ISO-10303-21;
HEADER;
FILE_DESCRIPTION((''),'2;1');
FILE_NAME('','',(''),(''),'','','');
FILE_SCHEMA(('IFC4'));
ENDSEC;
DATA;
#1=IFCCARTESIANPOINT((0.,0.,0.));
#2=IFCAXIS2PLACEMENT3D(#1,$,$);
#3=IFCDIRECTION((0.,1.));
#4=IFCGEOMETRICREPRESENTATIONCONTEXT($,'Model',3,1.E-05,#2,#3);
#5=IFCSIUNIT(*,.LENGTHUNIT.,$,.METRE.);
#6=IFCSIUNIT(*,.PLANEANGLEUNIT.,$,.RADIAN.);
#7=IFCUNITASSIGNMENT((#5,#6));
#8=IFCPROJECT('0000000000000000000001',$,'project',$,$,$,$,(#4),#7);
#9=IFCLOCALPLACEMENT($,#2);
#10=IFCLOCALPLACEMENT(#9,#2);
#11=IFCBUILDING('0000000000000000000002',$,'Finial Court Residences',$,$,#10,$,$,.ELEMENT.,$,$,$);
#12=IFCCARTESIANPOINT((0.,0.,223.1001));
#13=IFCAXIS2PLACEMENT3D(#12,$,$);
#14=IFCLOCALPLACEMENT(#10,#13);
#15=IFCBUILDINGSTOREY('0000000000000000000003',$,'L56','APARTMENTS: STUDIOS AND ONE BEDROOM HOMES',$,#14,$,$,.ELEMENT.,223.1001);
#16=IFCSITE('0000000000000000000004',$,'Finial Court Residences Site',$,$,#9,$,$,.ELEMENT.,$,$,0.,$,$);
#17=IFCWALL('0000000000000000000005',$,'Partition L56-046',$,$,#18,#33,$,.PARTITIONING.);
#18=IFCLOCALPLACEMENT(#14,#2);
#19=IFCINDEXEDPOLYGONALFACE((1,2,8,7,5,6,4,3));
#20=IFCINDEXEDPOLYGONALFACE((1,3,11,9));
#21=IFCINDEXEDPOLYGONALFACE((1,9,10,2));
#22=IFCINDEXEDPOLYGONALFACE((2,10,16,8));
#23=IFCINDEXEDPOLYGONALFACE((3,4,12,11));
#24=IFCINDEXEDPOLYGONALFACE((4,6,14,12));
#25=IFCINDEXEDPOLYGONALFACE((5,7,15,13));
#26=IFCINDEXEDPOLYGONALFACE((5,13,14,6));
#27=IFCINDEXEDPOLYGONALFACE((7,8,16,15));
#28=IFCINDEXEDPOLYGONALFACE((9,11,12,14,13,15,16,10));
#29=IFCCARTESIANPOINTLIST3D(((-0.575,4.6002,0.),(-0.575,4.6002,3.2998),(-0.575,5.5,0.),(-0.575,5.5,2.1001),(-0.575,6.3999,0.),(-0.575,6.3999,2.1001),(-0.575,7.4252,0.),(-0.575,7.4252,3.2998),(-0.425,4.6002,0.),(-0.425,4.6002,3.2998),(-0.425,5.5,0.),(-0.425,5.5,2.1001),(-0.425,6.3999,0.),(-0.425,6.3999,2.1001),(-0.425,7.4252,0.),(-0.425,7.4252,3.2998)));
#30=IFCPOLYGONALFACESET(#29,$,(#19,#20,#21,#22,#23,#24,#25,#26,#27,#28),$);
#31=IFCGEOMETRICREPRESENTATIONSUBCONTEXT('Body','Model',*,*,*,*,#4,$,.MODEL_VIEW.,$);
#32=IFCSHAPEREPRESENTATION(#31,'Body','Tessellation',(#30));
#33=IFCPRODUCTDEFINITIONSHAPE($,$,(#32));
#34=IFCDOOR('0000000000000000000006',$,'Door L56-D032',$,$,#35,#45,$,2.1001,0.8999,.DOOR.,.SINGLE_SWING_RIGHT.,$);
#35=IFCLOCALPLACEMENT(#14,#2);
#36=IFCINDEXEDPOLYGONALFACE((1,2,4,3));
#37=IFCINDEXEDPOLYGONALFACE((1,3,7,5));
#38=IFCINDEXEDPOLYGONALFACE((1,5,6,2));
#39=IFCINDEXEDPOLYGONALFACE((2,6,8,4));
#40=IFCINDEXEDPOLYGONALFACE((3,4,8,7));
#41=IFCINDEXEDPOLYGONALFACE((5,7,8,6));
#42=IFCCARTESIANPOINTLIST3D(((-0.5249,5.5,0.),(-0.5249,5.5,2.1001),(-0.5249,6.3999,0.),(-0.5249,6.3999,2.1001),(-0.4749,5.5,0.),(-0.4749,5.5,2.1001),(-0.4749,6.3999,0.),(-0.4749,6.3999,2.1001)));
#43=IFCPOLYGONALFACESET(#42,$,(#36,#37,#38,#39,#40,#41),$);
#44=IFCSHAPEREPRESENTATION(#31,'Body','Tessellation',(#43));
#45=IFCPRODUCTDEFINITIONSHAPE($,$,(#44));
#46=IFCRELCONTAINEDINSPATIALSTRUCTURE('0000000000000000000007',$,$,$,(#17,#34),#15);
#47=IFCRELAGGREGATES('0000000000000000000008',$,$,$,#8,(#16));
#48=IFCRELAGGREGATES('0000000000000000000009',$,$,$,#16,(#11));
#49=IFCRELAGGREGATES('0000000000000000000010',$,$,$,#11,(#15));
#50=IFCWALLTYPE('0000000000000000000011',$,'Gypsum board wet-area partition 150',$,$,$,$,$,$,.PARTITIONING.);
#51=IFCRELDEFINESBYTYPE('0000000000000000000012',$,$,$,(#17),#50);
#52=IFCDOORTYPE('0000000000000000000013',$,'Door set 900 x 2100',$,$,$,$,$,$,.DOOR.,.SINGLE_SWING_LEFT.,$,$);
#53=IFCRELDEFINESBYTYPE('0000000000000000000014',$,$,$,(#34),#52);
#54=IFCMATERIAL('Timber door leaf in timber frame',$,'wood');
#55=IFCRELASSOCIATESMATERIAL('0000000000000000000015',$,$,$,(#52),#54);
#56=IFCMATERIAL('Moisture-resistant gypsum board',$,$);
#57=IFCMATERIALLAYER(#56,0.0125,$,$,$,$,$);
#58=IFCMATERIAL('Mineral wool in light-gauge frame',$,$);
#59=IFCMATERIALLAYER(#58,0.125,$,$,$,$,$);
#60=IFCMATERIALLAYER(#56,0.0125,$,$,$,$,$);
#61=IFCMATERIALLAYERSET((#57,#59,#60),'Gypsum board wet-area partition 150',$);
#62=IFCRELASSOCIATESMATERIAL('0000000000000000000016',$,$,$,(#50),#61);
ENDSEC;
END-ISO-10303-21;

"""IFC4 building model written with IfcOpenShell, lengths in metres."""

from ifc_helpers import new_model, si_unit, direction, frame, frame_2d, origin, place, context, subcontext, project, spatial, rectangle, extrude, material, layer, layer_set, type_object, element, fill, save


model = new_model("IFC4")

# Units and contexts
model_context = context("Model", 3, precision=1e-05, world=origin(), true_north=direction((0.0, 1.0)))
body_context = subcontext(model_context, "Body", "Model", "MODEL_VIEW")
ifc_project = project(units=[si_unit("LENGTHUNIT", "METRE"), si_unit("PLANEANGLEUNIT", "RADIAN")], contexts=[model_context])

# Site, building, storey
site_placement = place(None, origin())
site = spatial("IfcSite", under=ifc_project, at=site_placement, Name="Finial Court Residences Site", CompositionType="ELEMENT", RefElevation=0.0)
building_placement = place(site_placement, origin())
building = spatial("IfcBuilding", under=site, at=building_placement, Name="Finial Court Residences", CompositionType="ELEMENT")
storey_placement = place(building_placement, frame((0.0, 0.0, 223.1001)))
storey = spatial("IfcBuildingStorey", under=building, at=storey_placement, Name="L56", Description="APARTMENTS: STUDIOS AND ONE BEDROOM HOMES", CompositionType="ELEMENT", Elevation=223.1001)

# Shared definitions
ifc_material_1 = material(Name="Mineral wool in light-gauge frame")

# Shared definitions
ifc_material_2 = material(Name="Timber door leaf in timber frame", Category="wood")
door_type = type_object("IfcDoorType", Name="Door set 900 x 2100", OperationType="SINGLE_SWING_LEFT", PredefinedType="DOOR", material=ifc_material_2)

# Shared definitions
ifc_material_3 = material(Name="Moisture-resistant gypsum board")
ifc_layer_1 = layer(ifc_material_3, 0.0125)
ifc_layer_2 = layer(ifc_material_1, 0.125)
ifc_layer_3 = layer(ifc_material_3, 0.0125)
ifc_layer_set_1 = layer_set([ifc_layer_1, ifc_layer_2, ifc_layer_3], Name="Gypsum board wet-area partition 150")
wall_type_1 = type_object("IfcWallType", Name="Gypsum board wet-area partition 150", PredefinedType="PARTITIONING", material=ifc_layer_set_1)

# Wall, opening, door
wall_1_placement = place(storey_placement, frame((-0.5, 4.6001, 0.0), z_axis=(0.0, 0.0, 1.0), x_axis=(0.0, 1.0, 0.0)))
wall_1 = element("IfcWall", 1, at=wall_1_placement, inside=storey, type_object=wall_type_1, Name="Partition L56-046", PredefinedType="PARTITIONING", context=body_context, shape_type="SweptSolid", body=[
    extrude(rectangle(XDim=2.825, YDim=0.1499, at=frame_2d((1.4126, 0.0))), origin(), (0.0, 0.0, 1.0), 3.2998),
])
opening_1_placement = place(wall_1_placement, frame((0.8999, 0.0, 0.0)))
opening_1 = element("IfcOpeningElement", 2, at=opening_1_placement, cuts=wall_1, PredefinedType="OPENING", context=body_context, shape_type="SweptSolid", body=[
    extrude(rectangle(XDim=0.8999, YDim=2.1001, at=frame_2d((0.45, 1.05))), frame((0.0, 0.085, 0.0), z_axis=(0.0, -1.0, 0.0), x_axis=(1.0, 0.0, 0.0)), (0.0, 0.0, 1.0), 0.1699),
])
door_1_placement = place(opening_1_placement, origin())
door_1 = element("IfcDoor", 3, at=door_1_placement, inside=storey, type_object=door_type, Name="Door L56-D032", OperationType="SINGLE_SWING_RIGHT", OverallHeight=2.1001, OverallWidth=0.8999, PredefinedType="DOOR", context=body_context, shape_type="SweptSolid", body=[
    extrude(rectangle(XDim=0.8999, YDim=2.1001, at=frame_2d((0.45, 1.05))), frame((0.0, 0.0249, 0.0), z_axis=(0.0, -1.0, 0.0), x_axis=(1.0, 0.0, 0.0)), (0.0, 0.0, 1.0), 0.05),
])
fill(opening_1, door_1)

save(model, "model.ifc")
